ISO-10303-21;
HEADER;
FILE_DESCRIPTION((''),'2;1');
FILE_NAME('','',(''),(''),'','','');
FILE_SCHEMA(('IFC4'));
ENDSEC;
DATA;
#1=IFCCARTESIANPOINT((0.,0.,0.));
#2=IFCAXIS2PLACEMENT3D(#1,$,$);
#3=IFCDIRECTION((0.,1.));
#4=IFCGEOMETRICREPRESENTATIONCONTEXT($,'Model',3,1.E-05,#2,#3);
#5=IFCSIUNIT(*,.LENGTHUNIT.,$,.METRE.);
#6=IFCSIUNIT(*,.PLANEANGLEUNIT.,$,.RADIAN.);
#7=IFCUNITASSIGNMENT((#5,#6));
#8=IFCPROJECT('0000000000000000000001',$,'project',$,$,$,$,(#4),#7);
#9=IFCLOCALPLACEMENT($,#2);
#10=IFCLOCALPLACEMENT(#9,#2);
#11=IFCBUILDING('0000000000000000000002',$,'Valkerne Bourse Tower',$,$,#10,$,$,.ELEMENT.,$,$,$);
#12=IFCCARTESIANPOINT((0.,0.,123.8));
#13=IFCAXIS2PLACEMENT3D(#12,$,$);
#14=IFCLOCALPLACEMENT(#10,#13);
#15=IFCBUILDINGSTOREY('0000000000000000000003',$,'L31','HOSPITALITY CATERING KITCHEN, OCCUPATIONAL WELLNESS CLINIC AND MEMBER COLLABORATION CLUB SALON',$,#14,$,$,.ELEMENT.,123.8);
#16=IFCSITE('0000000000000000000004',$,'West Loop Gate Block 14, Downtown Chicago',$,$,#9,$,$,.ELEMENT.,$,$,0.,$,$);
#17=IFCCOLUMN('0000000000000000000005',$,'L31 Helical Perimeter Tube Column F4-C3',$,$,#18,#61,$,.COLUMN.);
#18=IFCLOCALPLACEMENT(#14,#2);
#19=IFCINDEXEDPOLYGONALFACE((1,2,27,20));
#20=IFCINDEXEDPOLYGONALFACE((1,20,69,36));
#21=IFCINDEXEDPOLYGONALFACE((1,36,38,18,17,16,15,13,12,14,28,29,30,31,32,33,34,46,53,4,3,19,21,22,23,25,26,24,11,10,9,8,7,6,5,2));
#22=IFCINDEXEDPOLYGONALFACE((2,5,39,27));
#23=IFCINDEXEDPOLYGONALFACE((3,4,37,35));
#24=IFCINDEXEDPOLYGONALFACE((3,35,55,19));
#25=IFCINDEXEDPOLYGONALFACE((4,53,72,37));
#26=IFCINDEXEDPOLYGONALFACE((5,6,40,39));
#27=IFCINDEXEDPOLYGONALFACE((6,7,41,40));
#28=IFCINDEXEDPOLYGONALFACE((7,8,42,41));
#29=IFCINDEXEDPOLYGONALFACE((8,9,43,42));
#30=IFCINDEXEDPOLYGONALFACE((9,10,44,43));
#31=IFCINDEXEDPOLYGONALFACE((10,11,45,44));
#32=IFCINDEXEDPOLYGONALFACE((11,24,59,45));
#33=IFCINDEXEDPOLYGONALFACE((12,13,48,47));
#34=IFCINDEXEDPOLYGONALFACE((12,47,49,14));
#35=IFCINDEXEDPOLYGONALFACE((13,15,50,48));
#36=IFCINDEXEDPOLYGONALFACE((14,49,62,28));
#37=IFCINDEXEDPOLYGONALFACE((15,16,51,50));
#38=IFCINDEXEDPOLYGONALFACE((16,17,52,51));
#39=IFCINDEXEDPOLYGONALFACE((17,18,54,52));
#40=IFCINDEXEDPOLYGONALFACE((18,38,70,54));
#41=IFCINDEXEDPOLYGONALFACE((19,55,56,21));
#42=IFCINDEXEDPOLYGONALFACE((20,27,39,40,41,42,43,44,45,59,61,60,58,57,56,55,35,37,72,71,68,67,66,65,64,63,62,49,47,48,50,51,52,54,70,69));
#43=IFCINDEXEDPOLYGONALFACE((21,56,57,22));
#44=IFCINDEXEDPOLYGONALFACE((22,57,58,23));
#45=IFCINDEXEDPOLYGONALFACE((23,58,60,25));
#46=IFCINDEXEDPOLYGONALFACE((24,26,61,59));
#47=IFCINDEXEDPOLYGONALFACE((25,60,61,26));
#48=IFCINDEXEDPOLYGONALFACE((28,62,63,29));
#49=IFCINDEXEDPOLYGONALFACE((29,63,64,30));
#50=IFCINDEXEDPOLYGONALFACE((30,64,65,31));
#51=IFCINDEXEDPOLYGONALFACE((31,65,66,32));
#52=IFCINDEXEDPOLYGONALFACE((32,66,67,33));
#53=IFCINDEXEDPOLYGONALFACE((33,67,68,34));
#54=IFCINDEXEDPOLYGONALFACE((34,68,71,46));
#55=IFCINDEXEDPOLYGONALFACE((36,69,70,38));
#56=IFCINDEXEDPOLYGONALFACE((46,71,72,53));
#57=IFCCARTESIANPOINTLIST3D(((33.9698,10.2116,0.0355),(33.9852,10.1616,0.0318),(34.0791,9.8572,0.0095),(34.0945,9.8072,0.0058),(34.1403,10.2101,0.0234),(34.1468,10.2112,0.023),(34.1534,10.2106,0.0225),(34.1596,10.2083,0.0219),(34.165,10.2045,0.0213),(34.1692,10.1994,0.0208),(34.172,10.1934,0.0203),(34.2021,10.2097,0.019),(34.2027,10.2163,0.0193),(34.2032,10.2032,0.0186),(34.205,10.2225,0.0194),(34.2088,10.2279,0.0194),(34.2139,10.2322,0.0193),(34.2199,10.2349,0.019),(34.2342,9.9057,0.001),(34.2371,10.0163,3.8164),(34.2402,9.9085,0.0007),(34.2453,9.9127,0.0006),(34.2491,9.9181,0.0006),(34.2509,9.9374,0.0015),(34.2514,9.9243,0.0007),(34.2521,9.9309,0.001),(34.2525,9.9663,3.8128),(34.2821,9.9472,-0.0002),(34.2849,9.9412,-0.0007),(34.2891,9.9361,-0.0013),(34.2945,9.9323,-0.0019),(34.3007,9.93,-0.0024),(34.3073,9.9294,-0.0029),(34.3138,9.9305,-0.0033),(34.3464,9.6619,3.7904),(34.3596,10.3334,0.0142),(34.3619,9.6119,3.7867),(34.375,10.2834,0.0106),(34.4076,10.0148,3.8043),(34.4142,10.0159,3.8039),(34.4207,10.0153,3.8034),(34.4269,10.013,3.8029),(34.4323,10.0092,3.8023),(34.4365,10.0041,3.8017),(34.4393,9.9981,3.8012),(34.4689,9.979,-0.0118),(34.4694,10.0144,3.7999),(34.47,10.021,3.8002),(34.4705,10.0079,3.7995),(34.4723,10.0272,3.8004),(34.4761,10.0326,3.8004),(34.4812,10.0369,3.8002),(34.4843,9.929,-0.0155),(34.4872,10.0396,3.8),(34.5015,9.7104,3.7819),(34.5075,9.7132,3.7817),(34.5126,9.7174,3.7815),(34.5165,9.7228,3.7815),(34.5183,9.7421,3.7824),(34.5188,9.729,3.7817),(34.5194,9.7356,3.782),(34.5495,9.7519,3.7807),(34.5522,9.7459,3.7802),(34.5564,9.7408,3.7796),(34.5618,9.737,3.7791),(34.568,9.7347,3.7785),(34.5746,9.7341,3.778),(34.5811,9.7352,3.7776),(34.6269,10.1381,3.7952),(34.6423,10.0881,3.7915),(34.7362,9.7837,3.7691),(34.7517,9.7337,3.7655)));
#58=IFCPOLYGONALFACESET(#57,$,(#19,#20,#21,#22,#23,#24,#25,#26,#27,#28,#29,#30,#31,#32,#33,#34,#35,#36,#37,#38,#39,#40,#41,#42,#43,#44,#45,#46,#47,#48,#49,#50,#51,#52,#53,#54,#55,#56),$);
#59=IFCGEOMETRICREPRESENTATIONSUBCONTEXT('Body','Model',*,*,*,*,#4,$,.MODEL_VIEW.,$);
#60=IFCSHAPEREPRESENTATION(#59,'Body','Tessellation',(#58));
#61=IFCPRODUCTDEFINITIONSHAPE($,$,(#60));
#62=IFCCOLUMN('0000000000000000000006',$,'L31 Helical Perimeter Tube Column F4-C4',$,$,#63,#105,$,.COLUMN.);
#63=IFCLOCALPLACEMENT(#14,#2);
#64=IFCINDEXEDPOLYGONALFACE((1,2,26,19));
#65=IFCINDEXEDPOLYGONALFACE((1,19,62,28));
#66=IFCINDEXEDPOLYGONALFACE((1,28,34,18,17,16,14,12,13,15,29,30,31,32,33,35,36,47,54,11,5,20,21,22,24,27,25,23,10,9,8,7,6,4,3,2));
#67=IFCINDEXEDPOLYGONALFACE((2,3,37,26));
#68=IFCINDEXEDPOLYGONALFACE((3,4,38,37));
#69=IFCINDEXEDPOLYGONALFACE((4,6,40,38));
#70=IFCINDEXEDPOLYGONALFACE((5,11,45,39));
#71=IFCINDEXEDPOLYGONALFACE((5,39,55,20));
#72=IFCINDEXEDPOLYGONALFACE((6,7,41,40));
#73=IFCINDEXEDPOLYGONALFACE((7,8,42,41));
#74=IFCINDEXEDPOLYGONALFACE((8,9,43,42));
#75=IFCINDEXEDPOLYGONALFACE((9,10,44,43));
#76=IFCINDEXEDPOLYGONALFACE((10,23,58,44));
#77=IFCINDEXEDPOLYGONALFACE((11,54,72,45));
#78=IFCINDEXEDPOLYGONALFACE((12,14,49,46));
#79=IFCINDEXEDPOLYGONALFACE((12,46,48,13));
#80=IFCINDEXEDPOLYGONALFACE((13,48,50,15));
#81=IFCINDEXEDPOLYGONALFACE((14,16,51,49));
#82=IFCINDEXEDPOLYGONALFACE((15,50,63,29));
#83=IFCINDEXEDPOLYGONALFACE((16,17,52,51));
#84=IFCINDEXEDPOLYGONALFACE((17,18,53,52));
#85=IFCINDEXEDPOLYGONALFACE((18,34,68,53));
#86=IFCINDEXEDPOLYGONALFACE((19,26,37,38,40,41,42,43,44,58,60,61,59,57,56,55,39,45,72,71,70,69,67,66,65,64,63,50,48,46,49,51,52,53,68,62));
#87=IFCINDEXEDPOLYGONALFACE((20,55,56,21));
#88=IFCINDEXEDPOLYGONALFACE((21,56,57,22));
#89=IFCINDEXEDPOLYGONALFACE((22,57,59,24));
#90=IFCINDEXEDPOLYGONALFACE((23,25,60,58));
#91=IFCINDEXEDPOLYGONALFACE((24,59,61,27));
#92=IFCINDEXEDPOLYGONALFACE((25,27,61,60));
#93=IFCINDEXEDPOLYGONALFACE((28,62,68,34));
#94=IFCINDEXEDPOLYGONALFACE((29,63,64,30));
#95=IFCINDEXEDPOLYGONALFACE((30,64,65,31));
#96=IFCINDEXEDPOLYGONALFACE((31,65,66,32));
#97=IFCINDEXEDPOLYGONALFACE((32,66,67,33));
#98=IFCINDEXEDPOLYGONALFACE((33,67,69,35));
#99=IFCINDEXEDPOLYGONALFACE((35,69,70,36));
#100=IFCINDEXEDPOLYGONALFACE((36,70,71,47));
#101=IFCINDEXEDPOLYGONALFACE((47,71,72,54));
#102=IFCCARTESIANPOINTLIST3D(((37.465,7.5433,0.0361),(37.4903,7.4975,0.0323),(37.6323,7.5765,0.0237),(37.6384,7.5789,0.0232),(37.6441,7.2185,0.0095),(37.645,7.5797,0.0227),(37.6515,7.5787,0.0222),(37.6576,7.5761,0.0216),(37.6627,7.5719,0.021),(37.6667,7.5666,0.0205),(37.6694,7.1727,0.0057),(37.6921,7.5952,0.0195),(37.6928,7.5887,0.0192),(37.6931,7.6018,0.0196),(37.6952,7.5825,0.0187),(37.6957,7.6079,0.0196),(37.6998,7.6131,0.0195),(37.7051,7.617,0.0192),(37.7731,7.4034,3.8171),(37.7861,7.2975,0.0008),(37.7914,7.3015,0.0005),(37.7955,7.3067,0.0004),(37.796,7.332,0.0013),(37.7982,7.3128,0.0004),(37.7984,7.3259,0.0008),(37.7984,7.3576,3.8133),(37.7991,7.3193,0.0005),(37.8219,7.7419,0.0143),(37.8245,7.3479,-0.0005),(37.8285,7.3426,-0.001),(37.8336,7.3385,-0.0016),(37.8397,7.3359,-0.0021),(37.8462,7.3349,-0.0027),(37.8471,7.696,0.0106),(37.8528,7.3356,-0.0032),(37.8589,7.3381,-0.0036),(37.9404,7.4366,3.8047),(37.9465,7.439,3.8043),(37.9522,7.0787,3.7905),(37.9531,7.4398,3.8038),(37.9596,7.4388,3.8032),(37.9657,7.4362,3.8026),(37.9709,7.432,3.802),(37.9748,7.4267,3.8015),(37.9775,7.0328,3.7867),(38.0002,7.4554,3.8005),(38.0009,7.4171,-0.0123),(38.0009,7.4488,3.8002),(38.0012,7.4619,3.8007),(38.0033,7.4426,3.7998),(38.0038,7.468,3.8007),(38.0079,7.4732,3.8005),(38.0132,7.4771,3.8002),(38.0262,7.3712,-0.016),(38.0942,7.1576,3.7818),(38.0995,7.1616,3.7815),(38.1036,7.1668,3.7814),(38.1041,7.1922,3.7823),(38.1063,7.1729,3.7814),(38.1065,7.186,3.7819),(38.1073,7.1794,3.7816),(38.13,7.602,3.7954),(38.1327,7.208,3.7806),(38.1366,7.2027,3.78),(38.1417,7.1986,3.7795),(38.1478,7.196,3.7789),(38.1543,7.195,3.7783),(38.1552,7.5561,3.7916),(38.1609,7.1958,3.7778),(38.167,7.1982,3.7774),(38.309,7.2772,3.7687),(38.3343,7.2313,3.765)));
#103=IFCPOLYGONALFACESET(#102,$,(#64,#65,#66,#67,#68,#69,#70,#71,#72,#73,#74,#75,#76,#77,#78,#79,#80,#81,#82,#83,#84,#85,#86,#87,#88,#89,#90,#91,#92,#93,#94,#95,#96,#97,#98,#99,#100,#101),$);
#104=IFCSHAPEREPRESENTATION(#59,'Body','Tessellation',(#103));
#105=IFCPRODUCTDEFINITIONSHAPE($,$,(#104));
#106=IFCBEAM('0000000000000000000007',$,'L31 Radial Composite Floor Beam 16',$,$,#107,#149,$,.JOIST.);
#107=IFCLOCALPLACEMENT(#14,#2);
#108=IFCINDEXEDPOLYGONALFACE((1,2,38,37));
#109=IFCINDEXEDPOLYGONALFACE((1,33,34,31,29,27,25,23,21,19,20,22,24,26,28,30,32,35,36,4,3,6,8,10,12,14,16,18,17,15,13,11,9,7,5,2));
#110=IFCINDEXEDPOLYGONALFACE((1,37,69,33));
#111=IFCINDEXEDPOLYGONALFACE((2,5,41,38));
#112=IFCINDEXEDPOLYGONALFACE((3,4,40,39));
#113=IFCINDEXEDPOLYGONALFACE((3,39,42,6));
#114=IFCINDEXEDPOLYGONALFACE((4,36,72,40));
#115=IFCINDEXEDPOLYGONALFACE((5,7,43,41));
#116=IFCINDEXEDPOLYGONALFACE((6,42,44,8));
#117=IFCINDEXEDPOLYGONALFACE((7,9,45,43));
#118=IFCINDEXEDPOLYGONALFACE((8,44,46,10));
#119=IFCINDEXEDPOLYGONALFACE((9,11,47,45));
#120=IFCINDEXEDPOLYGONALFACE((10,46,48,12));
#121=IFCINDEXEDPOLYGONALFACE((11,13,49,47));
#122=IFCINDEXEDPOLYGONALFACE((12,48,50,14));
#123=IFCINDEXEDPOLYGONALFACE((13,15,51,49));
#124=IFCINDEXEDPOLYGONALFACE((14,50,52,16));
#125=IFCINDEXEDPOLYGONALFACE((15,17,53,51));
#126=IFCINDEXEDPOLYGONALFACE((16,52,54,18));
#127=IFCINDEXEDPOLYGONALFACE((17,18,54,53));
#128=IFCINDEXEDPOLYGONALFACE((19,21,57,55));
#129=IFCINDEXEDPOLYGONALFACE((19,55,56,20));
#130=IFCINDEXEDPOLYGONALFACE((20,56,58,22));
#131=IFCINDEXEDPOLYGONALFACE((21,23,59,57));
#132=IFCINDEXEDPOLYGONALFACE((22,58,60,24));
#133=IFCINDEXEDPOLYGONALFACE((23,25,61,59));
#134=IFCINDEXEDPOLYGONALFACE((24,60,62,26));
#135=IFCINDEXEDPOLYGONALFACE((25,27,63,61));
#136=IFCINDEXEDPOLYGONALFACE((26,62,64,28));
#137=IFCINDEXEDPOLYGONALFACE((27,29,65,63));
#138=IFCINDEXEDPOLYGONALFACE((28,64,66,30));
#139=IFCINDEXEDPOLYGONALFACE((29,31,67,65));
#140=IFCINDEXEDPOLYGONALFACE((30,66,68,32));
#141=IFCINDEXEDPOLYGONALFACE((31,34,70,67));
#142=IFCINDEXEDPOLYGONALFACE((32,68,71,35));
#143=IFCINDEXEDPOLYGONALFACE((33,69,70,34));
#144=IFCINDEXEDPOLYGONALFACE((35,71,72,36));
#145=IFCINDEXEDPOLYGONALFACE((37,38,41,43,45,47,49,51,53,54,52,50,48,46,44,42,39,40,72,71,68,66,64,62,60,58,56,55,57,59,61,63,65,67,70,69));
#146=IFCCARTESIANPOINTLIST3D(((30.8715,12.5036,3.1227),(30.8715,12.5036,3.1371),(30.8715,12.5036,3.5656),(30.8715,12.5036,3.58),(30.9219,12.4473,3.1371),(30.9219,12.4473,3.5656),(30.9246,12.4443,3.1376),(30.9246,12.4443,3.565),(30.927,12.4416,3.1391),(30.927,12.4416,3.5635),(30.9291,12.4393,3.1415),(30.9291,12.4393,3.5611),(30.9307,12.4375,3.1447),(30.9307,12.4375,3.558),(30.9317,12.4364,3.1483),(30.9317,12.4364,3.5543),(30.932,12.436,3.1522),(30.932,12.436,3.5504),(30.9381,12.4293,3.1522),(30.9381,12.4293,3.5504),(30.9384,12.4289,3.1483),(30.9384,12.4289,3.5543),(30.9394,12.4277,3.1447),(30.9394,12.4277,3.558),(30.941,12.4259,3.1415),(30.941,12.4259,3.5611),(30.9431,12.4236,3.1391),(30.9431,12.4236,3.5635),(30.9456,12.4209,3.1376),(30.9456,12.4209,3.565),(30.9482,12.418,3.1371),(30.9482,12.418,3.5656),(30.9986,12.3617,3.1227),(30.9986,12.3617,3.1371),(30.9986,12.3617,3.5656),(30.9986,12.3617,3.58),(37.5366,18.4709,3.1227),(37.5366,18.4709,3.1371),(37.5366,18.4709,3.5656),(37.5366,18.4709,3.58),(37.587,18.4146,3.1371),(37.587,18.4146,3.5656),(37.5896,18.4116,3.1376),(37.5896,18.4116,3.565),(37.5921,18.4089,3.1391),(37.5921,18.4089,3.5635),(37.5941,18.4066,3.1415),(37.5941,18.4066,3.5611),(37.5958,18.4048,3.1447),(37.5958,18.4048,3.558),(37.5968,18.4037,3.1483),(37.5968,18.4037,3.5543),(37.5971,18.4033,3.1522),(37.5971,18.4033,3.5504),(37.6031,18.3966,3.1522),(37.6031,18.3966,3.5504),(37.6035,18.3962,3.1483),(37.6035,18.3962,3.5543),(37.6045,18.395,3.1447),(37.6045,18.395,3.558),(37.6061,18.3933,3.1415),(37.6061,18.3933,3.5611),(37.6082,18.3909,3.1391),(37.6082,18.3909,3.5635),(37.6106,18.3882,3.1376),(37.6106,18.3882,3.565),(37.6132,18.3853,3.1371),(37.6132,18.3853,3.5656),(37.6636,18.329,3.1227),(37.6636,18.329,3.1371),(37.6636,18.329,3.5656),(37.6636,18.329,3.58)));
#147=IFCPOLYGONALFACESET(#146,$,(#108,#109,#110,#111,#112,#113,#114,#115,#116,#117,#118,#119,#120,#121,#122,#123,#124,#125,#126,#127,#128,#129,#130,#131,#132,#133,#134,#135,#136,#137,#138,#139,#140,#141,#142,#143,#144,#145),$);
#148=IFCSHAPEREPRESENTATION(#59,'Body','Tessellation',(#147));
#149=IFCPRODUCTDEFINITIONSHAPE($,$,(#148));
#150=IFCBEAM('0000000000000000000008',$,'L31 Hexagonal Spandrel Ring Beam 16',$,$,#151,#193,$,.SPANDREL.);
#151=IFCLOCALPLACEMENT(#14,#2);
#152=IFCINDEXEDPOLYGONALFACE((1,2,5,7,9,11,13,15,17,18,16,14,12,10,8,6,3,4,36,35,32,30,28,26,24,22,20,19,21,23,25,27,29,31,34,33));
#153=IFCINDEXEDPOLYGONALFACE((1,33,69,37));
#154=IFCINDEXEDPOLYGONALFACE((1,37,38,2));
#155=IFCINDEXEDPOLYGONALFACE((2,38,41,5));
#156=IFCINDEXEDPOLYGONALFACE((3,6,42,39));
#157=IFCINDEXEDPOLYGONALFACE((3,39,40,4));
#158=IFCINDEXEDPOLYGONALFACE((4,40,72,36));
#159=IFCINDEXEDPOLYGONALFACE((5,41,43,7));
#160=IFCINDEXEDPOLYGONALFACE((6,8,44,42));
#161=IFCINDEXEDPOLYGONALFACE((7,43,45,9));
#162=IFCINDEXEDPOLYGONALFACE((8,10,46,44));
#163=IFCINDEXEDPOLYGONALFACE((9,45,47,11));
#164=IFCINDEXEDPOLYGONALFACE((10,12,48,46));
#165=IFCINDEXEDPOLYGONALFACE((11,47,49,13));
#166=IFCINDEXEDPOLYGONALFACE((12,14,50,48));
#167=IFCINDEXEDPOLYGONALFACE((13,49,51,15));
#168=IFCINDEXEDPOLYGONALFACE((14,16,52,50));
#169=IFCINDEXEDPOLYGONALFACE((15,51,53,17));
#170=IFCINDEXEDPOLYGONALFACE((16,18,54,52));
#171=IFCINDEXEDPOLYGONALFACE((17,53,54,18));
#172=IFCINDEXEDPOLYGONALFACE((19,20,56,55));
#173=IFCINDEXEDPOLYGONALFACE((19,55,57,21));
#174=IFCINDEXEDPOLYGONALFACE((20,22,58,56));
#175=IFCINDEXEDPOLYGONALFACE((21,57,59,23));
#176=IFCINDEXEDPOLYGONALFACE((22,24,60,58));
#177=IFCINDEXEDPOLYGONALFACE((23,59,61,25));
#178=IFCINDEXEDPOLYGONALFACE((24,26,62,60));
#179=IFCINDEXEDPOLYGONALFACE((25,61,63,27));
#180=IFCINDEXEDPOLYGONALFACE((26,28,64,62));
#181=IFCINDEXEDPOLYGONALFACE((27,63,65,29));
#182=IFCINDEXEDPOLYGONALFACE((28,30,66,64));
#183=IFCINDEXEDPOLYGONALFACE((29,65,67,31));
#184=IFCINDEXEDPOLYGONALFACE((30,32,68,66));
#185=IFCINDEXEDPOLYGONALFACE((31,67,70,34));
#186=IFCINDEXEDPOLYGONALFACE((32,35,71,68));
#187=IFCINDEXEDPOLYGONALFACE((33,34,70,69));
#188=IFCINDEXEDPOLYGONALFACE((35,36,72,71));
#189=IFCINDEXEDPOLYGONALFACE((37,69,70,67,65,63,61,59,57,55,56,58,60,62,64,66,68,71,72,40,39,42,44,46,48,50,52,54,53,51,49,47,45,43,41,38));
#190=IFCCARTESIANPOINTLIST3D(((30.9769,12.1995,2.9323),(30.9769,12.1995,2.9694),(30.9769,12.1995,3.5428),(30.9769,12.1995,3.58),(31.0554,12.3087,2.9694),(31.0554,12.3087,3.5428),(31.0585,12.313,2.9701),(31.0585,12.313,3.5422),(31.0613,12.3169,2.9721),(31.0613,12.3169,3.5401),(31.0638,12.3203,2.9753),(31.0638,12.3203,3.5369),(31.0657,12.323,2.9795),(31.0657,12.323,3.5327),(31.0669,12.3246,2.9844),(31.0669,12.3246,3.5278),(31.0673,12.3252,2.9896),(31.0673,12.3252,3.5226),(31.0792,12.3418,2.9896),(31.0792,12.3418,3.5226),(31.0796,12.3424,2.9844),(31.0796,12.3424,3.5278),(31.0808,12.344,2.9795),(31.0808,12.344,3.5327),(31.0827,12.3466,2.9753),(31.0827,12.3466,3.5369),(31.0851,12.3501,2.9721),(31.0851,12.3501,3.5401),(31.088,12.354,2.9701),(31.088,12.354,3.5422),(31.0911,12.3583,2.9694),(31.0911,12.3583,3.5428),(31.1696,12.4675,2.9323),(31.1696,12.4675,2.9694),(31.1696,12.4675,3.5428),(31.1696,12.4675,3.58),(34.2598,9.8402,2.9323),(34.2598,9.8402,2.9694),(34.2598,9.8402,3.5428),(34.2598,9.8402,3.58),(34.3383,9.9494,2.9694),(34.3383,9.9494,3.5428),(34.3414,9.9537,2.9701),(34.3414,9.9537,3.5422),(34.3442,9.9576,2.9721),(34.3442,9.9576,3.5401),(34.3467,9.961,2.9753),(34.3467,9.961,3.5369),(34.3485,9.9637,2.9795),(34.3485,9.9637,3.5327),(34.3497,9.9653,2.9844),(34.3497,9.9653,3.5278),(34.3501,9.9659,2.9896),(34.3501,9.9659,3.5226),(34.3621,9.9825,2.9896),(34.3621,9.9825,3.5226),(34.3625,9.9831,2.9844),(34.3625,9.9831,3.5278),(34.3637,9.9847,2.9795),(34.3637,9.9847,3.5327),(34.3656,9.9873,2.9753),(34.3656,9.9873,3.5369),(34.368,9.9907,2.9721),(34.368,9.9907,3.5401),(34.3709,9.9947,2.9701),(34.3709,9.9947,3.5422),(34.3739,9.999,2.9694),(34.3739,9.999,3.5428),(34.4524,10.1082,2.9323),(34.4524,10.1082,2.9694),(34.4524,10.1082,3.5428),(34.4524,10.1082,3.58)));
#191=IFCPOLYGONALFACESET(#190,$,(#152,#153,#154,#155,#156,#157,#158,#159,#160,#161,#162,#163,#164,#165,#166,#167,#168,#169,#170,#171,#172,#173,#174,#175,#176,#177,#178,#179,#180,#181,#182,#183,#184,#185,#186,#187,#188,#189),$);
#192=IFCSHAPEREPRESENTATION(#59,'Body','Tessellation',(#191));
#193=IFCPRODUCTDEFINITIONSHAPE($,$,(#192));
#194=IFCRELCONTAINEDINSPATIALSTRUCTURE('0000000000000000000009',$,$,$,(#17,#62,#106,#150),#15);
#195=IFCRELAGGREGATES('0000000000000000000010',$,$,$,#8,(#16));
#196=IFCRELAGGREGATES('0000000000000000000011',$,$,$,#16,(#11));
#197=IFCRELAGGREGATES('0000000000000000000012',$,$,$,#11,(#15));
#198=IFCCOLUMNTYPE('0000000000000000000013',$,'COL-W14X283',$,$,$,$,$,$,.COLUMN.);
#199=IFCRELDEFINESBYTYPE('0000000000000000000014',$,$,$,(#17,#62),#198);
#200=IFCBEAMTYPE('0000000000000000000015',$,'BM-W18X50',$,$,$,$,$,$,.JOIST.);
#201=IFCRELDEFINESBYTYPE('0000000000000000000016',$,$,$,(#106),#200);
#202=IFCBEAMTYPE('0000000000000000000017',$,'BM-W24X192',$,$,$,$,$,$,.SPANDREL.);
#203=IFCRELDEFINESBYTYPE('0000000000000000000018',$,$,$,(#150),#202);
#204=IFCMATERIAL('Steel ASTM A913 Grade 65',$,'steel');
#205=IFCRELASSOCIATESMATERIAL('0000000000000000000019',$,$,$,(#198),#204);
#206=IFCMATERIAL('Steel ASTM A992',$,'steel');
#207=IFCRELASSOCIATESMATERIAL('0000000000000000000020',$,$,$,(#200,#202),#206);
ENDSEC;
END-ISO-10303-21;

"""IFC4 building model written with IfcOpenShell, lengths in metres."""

from ifc_helpers import new_model, si_unit, direction, frame, origin, origin_2d, place, context, subcontext, project, spatial, i_section, extrude, material, material_profile, profile_set, type_object, element, save


model = new_model("IFC4")

# Units and contexts
model_context = context("Model", 3, precision=1e-05, world=origin(), true_north=direction((0.0, 1.0)))
body_context = subcontext(model_context, "Body", "Model", "MODEL_VIEW")
ifc_project = project(units=[si_unit("LENGTHUNIT", "METRE"), si_unit("PLANEANGLEUNIT", "RADIAN")], contexts=[model_context])

# Site, building, storey
site_placement = place(None, origin())
site = spatial("IfcSite", under=ifc_project, at=site_placement, Name="West Loop Gate Block 14, Downtown Chicago", CompositionType="ELEMENT", RefElevation=0.0)
building_placement = place(site_placement, origin())
building = spatial("IfcBuilding", under=site, at=building_placement, Name="Valkerne Bourse Tower", CompositionType="ELEMENT")
storey_placement = place(building_placement, frame((0.0, 0.0, 123.8)))
storey = spatial("IfcBuildingStorey", under=building, at=storey_placement, Name="L31", Description="HOSPITALITY CATERING KITCHEN, OCCUPATIONAL WELLNESS CLINIC AND MEMBER COLLABORATION CLUB SALON", CompositionType="ELEMENT", Elevation=123.8)

# Columns
ifc_material_1 = material(Name="Steel ASTM A913 Grade 65", Category="steel")
ifc_material_profile_1 = material_profile(ifc_material_1, i_section(OverallWidth=0.4089, OverallDepth=0.4243, WebThickness=0.0327, FlangeThickness=0.0525, FilletRadius=0.0254, at=origin_2d()), Name="W14X283")
ifc_profile_set_1 = profile_set([ifc_material_profile_1], Name="Steel ASTM A913 Grade 65")
column_type = type_object("IfcColumnType", Name="COL-W14X283", PredefinedType="COLUMN", material=ifc_profile_set_1)
column_1_placement = place(storey_placement, frame((34.2271, 10.0703, 0.01), z_axis=(0.070435, -0.051459, 0.996188), x_axis=(0.953193, 0.297855, -0.052009)))
element("IfcColumn", 1, at=column_1_placement, inside=storey, type_object=column_type, Name="L31 Helical Perimeter Tube Column F4-C3", PredefinedType="COLUMN", context=body_context, shape_type="SweptSolid", body=[
    extrude(i_section(OverallWidth=0.4089, OverallDepth=0.4243, WebThickness=0.0327, FlangeThickness=0.0525, FilletRadius=0.0254, at=origin_2d()), origin(), (0.0, 0.0, 1.0), 3.7954),
])
column_2_placement = place(storey_placement, frame((37.7456, 7.4573, 0.01), z_axis=(0.081163, -0.036851, 0.996019), x_axis=(0.872628, 0.485485, -0.053146)))
element("IfcColumn", 2, at=column_2_placement, inside=storey, type_object=column_type, Name="L31 Helical Perimeter Tube Column F4-C4", PredefinedType="COLUMN", context=body_context, shape_type="SweptSolid", body=[
    extrude(i_section(OverallWidth=0.4089, OverallDepth=0.4243, WebThickness=0.0327, FlangeThickness=0.0525, FilletRadius=0.0254, at=origin_2d()), origin(), (0.0, 0.0, 1.0), 3.7961),
])

# Beams
ifc_material_2 = material(Name="Steel ASTM A992", Category="steel")
ifc_material_profile_2 = material_profile(ifc_material_2, i_section(OverallWidth=0.1904, OverallDepth=0.4573, WebThickness=0.009, FlangeThickness=0.0144, FilletRadius=0.0151, at=origin_2d()), Name="W18X50")
ifc_profile_set_2 = profile_set([ifc_material_profile_2], Name="Steel ASTM A992")
beam_type_1 = type_object("IfcBeamType", Name="BM-W18X50", PredefinedType="JOIST", material=ifc_profile_set_2)
beam_1_placement = place(storey_placement, frame((30.9351, 12.4326, 3.3513), z_axis=(0.745029, 0.667033, 0.0), x_axis=(-0.667033, 0.745029, 0.0)))
element("IfcBeam", 3, at=beam_1_placement, inside=storey, type_object=beam_type_1, Name="L31 Radial Composite Floor Beam 16", PredefinedType="JOIST", context=body_context, shape_type="SweptSolid", body=[
    extrude(i_section(OverallWidth=0.1904, OverallDepth=0.4573, WebThickness=0.009, FlangeThickness=0.0144, FilletRadius=0.0151, at=origin_2d()), origin(), (0.0, 0.0, 1.0), 8.946),
])
ifc_material_profile_3 = material_profile(ifc_material_2, i_section(OverallWidth=0.3301, OverallDepth=0.6477, WebThickness=0.0205, FlangeThickness=0.0371, FilletRadius=0.0203, at=origin_2d()), Name="W24X192")
ifc_profile_set_3 = profile_set([ifc_material_profile_3], Name="Steel ASTM A992")
beam_type_2 = type_object("IfcBeamType", Name="BM-W24X192", PredefinedType="SPANDREL", material=ifc_profile_set_3)
beam_2_placement = place(storey_placement, frame((31.0732, 12.3335, 3.2561), z_axis=(0.812045, -0.583595, 0.0), x_axis=(0.583595, 0.812045, 0.0)))
element("IfcBeam", 4, at=beam_2_placement, inside=storey, type_object=beam_type_2, Name="L31 Hexagonal Spandrel Ring Beam 16", PredefinedType="SPANDREL", context=body_context, shape_type="SweptSolid", body=[
    extrude(i_section(OverallWidth=0.3301, OverallDepth=0.6477, WebThickness=0.0205, FlangeThickness=0.0371, FilletRadius=0.0203, at=origin_2d()), origin(), (0.0, 0.0, 1.0), 4.0427),
])

save(model, "model.ifc")
